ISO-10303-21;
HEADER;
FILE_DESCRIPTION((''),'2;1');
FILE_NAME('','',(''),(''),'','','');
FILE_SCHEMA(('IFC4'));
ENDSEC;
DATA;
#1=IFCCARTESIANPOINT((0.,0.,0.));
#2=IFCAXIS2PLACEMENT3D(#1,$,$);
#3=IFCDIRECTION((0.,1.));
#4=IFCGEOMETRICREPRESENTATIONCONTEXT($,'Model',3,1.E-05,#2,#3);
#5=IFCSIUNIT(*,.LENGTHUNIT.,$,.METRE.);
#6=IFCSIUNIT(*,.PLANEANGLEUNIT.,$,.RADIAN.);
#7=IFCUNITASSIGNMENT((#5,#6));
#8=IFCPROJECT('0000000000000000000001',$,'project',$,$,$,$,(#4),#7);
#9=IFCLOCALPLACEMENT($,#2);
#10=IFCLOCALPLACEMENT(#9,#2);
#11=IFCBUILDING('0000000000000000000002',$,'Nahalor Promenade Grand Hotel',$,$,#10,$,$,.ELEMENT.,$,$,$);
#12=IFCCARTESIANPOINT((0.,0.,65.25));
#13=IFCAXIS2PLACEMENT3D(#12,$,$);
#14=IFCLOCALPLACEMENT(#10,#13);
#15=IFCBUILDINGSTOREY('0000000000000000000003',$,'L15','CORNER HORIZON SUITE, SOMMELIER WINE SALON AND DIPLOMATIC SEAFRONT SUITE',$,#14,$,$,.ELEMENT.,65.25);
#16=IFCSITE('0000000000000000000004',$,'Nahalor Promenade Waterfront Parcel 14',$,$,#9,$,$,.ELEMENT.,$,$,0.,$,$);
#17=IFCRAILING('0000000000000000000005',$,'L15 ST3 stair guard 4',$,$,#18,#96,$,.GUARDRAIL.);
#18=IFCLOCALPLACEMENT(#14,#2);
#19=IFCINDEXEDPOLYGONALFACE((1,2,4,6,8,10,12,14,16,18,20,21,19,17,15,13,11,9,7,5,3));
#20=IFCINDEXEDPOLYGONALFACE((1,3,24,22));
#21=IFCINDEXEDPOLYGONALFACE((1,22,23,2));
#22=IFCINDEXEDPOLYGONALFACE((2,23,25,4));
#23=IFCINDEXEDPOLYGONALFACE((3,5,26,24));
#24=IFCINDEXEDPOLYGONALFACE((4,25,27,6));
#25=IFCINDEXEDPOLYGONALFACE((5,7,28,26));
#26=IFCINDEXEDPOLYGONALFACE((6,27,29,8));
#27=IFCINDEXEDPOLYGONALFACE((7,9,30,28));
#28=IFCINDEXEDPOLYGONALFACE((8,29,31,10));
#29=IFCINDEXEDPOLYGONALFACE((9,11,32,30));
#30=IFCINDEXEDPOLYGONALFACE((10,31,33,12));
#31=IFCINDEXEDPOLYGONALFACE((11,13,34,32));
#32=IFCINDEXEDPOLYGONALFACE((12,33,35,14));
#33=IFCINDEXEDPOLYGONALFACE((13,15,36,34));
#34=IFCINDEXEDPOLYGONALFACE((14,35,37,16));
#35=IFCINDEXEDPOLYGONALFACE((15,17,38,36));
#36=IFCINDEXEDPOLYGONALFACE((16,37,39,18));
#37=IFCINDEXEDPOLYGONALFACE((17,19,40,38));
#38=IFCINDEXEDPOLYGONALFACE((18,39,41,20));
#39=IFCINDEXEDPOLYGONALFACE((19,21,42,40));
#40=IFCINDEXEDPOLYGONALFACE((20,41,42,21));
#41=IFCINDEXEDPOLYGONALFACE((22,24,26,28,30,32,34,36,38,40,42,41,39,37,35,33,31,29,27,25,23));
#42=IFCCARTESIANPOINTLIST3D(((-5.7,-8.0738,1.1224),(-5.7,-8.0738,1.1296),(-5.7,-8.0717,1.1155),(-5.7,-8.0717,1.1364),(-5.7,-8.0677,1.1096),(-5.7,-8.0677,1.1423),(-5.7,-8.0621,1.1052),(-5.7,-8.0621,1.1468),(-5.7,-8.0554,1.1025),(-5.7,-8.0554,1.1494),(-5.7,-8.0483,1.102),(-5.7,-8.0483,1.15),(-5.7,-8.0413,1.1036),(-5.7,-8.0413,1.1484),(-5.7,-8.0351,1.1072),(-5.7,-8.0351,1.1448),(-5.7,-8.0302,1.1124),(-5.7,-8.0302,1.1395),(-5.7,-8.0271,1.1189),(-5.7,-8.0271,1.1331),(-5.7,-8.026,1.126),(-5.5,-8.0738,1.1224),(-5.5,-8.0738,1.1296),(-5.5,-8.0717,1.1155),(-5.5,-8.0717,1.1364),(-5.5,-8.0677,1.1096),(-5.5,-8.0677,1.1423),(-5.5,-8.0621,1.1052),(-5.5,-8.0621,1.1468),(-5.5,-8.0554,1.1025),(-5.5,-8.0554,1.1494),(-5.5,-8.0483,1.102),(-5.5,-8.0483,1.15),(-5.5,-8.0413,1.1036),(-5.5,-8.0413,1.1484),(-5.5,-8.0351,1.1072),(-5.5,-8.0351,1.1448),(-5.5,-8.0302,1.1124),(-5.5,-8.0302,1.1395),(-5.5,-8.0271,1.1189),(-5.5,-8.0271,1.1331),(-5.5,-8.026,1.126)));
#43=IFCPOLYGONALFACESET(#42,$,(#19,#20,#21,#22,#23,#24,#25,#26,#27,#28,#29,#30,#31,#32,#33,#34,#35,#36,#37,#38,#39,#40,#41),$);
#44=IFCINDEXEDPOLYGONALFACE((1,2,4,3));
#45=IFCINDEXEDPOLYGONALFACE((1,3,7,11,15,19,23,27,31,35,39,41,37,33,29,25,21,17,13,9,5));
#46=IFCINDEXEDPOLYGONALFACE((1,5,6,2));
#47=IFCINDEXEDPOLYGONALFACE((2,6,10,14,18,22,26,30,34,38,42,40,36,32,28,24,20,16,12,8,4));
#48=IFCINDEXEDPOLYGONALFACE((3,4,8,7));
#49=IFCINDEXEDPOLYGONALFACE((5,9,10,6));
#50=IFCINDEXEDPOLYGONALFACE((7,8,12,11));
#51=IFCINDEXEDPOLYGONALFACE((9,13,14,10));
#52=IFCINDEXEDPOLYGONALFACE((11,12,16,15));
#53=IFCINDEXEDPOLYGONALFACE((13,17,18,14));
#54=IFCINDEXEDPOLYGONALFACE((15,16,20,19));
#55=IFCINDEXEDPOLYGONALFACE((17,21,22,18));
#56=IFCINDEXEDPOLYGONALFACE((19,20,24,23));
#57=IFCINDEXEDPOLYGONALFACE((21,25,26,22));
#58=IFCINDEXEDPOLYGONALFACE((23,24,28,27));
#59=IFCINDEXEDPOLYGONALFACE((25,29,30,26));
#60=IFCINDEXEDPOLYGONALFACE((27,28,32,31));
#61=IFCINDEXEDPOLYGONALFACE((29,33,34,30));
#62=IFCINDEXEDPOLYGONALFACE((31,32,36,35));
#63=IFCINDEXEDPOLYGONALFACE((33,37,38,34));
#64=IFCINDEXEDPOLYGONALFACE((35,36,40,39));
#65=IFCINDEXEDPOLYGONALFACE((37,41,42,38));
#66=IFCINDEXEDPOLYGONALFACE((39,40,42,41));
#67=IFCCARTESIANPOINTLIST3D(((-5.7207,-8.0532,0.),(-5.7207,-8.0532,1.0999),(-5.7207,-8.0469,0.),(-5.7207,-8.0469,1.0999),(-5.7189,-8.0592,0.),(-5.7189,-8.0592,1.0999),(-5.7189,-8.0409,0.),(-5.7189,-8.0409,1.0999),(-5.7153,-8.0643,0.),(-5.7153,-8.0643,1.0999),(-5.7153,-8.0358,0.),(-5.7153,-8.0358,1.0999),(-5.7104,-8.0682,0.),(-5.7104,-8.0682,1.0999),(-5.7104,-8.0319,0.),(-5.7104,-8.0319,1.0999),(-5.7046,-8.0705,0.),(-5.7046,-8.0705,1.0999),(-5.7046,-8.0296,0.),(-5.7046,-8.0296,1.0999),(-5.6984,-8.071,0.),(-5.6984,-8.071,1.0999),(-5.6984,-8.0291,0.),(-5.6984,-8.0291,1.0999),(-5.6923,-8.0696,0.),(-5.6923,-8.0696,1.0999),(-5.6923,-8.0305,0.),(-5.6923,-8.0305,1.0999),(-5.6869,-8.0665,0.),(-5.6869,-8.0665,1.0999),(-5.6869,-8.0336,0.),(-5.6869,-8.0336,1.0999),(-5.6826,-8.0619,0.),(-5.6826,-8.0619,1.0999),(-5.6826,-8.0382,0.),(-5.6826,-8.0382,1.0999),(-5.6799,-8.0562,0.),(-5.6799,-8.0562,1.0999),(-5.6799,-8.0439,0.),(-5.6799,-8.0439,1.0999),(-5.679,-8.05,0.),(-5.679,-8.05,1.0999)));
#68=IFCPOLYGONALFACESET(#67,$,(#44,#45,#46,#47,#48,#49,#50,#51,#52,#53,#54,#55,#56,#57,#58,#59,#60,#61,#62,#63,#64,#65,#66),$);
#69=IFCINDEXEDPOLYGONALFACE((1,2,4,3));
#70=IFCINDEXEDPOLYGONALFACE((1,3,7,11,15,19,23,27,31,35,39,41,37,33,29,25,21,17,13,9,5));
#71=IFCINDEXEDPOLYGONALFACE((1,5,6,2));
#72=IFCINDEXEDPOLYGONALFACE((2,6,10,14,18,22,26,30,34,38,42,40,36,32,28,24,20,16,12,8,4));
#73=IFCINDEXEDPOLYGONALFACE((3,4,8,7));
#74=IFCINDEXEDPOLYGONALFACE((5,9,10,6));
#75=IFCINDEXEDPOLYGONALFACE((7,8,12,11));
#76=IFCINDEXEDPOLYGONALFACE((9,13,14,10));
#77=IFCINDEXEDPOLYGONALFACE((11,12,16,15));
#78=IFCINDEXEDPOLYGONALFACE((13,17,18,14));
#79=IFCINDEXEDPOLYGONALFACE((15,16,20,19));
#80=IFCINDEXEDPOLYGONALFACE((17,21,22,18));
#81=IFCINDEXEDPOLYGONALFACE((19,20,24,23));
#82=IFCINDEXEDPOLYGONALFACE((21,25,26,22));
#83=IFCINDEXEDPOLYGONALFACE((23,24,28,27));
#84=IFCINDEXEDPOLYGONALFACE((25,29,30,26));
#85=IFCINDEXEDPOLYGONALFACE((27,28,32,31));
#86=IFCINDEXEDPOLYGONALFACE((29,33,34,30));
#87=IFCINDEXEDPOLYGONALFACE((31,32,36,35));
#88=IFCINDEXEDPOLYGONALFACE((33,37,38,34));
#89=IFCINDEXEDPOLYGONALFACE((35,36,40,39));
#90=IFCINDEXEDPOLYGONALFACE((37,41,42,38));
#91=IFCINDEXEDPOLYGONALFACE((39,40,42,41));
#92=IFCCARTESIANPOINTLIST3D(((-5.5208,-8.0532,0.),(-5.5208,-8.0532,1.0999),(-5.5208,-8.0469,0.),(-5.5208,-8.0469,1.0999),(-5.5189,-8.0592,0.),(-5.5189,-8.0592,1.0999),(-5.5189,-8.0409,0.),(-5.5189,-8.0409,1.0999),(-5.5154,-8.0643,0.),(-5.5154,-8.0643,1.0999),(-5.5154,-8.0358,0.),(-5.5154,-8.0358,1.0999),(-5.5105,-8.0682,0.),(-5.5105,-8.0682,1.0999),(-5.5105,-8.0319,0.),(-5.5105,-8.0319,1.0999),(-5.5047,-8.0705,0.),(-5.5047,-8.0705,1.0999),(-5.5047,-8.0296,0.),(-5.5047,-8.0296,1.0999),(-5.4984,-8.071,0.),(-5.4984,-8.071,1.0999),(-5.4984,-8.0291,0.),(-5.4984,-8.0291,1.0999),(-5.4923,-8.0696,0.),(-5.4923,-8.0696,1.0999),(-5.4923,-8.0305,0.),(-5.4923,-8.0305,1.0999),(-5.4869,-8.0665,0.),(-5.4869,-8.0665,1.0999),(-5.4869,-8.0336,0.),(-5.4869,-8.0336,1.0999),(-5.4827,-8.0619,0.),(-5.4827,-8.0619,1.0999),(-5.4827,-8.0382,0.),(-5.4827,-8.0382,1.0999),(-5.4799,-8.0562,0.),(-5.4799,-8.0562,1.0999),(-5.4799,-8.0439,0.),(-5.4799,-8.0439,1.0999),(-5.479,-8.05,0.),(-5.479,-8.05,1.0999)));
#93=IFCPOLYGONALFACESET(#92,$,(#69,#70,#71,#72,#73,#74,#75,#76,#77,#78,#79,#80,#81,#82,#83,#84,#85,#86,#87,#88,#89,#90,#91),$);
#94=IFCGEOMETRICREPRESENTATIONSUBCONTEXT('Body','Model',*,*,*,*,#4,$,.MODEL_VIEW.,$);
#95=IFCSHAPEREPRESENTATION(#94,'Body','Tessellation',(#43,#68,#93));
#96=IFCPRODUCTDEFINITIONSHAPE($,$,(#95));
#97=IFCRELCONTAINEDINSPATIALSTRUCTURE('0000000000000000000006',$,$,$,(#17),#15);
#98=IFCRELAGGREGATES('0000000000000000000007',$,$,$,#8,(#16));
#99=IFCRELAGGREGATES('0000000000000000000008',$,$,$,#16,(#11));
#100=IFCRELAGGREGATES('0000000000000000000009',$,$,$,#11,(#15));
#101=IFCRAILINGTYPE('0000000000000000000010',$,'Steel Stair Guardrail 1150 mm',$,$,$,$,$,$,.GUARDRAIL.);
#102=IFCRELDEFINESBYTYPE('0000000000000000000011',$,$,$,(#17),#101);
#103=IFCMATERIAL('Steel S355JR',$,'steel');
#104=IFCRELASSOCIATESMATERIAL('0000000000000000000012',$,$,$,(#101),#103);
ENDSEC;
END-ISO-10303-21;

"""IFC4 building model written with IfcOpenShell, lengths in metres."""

from ifc_helpers import new_model, si_unit, direction, frame, origin, origin_2d, place, context, subcontext, project, spatial, circle, extrude, material, type_object, element, save


model = new_model("IFC4")

# Units and contexts
model_context = context("Model", 3, precision=1e-05, world=origin(), true_north=direction((0.0, 1.0)))
body_context = subcontext(model_context, "Body", "Model", "MODEL_VIEW")
ifc_project = project(units=[si_unit("LENGTHUNIT", "METRE"), si_unit("PLANEANGLEUNIT", "RADIAN")], contexts=[model_context])

# Site, building, storey
site_placement = place(None, origin())
site = spatial("IfcSite", under=ifc_project, at=site_placement, Name="Nahalor Promenade Waterfront Parcel 14", CompositionType="ELEMENT", RefElevation=0.0)
building_placement = place(site_placement, origin())
building = spatial("IfcBuilding", under=site, at=building_placement, Name="Nahalor Promenade Grand Hotel", CompositionType="ELEMENT")
storey_placement = place(building_placement, frame((0.0, 0.0, 65.25)))
storey = spatial("IfcBuildingStorey", under=building, at=storey_placement, Name="L15", Description="CORNER HORIZON SUITE, SOMMELIER WINE SALON AND DIPLOMATIC SEAFRONT SUITE", CompositionType="ELEMENT", Elevation=65.25)

# Shared definitions
ifc_material_1 = material(Name="Steel S355JR", Category="steel")

# Railing
railing_type_1 = type_object("IfcRailingType", Name="Steel Stair Guardrail 1150 mm", PredefinedType="GUARDRAIL", material=ifc_material_1)
railing_1_placement = place(storey_placement, frame((-5.7, -8.05, 0.0)))
element("IfcRailing", 1, at=railing_1_placement, inside=storey, type_object=railing_type_1, Name="L15 ST3 stair guard 4", PredefinedType="GUARDRAIL", context=body_context, shape_type="SweptSolid", body=[
    extrude(circle(Radius=0.024, at=origin_2d()), frame((0.0, 0.0, 1.126), z_axis=(1.0, 0.0, 0.0), x_axis=(0.0, 1.0, 0.0)), (0.0, 0.0, 1.0), 0.2),
    extrude(circle(Radius=0.021, at=origin_2d()), origin(), (0.0, 0.0, 1.0), 1.0999),
    extrude(circle(Radius=0.021, at=origin_2d()), frame((0.2, 0.0, 0.0)), (0.0, 0.0, 1.0), 1.0999),
])

save(model, "model.ifc")
